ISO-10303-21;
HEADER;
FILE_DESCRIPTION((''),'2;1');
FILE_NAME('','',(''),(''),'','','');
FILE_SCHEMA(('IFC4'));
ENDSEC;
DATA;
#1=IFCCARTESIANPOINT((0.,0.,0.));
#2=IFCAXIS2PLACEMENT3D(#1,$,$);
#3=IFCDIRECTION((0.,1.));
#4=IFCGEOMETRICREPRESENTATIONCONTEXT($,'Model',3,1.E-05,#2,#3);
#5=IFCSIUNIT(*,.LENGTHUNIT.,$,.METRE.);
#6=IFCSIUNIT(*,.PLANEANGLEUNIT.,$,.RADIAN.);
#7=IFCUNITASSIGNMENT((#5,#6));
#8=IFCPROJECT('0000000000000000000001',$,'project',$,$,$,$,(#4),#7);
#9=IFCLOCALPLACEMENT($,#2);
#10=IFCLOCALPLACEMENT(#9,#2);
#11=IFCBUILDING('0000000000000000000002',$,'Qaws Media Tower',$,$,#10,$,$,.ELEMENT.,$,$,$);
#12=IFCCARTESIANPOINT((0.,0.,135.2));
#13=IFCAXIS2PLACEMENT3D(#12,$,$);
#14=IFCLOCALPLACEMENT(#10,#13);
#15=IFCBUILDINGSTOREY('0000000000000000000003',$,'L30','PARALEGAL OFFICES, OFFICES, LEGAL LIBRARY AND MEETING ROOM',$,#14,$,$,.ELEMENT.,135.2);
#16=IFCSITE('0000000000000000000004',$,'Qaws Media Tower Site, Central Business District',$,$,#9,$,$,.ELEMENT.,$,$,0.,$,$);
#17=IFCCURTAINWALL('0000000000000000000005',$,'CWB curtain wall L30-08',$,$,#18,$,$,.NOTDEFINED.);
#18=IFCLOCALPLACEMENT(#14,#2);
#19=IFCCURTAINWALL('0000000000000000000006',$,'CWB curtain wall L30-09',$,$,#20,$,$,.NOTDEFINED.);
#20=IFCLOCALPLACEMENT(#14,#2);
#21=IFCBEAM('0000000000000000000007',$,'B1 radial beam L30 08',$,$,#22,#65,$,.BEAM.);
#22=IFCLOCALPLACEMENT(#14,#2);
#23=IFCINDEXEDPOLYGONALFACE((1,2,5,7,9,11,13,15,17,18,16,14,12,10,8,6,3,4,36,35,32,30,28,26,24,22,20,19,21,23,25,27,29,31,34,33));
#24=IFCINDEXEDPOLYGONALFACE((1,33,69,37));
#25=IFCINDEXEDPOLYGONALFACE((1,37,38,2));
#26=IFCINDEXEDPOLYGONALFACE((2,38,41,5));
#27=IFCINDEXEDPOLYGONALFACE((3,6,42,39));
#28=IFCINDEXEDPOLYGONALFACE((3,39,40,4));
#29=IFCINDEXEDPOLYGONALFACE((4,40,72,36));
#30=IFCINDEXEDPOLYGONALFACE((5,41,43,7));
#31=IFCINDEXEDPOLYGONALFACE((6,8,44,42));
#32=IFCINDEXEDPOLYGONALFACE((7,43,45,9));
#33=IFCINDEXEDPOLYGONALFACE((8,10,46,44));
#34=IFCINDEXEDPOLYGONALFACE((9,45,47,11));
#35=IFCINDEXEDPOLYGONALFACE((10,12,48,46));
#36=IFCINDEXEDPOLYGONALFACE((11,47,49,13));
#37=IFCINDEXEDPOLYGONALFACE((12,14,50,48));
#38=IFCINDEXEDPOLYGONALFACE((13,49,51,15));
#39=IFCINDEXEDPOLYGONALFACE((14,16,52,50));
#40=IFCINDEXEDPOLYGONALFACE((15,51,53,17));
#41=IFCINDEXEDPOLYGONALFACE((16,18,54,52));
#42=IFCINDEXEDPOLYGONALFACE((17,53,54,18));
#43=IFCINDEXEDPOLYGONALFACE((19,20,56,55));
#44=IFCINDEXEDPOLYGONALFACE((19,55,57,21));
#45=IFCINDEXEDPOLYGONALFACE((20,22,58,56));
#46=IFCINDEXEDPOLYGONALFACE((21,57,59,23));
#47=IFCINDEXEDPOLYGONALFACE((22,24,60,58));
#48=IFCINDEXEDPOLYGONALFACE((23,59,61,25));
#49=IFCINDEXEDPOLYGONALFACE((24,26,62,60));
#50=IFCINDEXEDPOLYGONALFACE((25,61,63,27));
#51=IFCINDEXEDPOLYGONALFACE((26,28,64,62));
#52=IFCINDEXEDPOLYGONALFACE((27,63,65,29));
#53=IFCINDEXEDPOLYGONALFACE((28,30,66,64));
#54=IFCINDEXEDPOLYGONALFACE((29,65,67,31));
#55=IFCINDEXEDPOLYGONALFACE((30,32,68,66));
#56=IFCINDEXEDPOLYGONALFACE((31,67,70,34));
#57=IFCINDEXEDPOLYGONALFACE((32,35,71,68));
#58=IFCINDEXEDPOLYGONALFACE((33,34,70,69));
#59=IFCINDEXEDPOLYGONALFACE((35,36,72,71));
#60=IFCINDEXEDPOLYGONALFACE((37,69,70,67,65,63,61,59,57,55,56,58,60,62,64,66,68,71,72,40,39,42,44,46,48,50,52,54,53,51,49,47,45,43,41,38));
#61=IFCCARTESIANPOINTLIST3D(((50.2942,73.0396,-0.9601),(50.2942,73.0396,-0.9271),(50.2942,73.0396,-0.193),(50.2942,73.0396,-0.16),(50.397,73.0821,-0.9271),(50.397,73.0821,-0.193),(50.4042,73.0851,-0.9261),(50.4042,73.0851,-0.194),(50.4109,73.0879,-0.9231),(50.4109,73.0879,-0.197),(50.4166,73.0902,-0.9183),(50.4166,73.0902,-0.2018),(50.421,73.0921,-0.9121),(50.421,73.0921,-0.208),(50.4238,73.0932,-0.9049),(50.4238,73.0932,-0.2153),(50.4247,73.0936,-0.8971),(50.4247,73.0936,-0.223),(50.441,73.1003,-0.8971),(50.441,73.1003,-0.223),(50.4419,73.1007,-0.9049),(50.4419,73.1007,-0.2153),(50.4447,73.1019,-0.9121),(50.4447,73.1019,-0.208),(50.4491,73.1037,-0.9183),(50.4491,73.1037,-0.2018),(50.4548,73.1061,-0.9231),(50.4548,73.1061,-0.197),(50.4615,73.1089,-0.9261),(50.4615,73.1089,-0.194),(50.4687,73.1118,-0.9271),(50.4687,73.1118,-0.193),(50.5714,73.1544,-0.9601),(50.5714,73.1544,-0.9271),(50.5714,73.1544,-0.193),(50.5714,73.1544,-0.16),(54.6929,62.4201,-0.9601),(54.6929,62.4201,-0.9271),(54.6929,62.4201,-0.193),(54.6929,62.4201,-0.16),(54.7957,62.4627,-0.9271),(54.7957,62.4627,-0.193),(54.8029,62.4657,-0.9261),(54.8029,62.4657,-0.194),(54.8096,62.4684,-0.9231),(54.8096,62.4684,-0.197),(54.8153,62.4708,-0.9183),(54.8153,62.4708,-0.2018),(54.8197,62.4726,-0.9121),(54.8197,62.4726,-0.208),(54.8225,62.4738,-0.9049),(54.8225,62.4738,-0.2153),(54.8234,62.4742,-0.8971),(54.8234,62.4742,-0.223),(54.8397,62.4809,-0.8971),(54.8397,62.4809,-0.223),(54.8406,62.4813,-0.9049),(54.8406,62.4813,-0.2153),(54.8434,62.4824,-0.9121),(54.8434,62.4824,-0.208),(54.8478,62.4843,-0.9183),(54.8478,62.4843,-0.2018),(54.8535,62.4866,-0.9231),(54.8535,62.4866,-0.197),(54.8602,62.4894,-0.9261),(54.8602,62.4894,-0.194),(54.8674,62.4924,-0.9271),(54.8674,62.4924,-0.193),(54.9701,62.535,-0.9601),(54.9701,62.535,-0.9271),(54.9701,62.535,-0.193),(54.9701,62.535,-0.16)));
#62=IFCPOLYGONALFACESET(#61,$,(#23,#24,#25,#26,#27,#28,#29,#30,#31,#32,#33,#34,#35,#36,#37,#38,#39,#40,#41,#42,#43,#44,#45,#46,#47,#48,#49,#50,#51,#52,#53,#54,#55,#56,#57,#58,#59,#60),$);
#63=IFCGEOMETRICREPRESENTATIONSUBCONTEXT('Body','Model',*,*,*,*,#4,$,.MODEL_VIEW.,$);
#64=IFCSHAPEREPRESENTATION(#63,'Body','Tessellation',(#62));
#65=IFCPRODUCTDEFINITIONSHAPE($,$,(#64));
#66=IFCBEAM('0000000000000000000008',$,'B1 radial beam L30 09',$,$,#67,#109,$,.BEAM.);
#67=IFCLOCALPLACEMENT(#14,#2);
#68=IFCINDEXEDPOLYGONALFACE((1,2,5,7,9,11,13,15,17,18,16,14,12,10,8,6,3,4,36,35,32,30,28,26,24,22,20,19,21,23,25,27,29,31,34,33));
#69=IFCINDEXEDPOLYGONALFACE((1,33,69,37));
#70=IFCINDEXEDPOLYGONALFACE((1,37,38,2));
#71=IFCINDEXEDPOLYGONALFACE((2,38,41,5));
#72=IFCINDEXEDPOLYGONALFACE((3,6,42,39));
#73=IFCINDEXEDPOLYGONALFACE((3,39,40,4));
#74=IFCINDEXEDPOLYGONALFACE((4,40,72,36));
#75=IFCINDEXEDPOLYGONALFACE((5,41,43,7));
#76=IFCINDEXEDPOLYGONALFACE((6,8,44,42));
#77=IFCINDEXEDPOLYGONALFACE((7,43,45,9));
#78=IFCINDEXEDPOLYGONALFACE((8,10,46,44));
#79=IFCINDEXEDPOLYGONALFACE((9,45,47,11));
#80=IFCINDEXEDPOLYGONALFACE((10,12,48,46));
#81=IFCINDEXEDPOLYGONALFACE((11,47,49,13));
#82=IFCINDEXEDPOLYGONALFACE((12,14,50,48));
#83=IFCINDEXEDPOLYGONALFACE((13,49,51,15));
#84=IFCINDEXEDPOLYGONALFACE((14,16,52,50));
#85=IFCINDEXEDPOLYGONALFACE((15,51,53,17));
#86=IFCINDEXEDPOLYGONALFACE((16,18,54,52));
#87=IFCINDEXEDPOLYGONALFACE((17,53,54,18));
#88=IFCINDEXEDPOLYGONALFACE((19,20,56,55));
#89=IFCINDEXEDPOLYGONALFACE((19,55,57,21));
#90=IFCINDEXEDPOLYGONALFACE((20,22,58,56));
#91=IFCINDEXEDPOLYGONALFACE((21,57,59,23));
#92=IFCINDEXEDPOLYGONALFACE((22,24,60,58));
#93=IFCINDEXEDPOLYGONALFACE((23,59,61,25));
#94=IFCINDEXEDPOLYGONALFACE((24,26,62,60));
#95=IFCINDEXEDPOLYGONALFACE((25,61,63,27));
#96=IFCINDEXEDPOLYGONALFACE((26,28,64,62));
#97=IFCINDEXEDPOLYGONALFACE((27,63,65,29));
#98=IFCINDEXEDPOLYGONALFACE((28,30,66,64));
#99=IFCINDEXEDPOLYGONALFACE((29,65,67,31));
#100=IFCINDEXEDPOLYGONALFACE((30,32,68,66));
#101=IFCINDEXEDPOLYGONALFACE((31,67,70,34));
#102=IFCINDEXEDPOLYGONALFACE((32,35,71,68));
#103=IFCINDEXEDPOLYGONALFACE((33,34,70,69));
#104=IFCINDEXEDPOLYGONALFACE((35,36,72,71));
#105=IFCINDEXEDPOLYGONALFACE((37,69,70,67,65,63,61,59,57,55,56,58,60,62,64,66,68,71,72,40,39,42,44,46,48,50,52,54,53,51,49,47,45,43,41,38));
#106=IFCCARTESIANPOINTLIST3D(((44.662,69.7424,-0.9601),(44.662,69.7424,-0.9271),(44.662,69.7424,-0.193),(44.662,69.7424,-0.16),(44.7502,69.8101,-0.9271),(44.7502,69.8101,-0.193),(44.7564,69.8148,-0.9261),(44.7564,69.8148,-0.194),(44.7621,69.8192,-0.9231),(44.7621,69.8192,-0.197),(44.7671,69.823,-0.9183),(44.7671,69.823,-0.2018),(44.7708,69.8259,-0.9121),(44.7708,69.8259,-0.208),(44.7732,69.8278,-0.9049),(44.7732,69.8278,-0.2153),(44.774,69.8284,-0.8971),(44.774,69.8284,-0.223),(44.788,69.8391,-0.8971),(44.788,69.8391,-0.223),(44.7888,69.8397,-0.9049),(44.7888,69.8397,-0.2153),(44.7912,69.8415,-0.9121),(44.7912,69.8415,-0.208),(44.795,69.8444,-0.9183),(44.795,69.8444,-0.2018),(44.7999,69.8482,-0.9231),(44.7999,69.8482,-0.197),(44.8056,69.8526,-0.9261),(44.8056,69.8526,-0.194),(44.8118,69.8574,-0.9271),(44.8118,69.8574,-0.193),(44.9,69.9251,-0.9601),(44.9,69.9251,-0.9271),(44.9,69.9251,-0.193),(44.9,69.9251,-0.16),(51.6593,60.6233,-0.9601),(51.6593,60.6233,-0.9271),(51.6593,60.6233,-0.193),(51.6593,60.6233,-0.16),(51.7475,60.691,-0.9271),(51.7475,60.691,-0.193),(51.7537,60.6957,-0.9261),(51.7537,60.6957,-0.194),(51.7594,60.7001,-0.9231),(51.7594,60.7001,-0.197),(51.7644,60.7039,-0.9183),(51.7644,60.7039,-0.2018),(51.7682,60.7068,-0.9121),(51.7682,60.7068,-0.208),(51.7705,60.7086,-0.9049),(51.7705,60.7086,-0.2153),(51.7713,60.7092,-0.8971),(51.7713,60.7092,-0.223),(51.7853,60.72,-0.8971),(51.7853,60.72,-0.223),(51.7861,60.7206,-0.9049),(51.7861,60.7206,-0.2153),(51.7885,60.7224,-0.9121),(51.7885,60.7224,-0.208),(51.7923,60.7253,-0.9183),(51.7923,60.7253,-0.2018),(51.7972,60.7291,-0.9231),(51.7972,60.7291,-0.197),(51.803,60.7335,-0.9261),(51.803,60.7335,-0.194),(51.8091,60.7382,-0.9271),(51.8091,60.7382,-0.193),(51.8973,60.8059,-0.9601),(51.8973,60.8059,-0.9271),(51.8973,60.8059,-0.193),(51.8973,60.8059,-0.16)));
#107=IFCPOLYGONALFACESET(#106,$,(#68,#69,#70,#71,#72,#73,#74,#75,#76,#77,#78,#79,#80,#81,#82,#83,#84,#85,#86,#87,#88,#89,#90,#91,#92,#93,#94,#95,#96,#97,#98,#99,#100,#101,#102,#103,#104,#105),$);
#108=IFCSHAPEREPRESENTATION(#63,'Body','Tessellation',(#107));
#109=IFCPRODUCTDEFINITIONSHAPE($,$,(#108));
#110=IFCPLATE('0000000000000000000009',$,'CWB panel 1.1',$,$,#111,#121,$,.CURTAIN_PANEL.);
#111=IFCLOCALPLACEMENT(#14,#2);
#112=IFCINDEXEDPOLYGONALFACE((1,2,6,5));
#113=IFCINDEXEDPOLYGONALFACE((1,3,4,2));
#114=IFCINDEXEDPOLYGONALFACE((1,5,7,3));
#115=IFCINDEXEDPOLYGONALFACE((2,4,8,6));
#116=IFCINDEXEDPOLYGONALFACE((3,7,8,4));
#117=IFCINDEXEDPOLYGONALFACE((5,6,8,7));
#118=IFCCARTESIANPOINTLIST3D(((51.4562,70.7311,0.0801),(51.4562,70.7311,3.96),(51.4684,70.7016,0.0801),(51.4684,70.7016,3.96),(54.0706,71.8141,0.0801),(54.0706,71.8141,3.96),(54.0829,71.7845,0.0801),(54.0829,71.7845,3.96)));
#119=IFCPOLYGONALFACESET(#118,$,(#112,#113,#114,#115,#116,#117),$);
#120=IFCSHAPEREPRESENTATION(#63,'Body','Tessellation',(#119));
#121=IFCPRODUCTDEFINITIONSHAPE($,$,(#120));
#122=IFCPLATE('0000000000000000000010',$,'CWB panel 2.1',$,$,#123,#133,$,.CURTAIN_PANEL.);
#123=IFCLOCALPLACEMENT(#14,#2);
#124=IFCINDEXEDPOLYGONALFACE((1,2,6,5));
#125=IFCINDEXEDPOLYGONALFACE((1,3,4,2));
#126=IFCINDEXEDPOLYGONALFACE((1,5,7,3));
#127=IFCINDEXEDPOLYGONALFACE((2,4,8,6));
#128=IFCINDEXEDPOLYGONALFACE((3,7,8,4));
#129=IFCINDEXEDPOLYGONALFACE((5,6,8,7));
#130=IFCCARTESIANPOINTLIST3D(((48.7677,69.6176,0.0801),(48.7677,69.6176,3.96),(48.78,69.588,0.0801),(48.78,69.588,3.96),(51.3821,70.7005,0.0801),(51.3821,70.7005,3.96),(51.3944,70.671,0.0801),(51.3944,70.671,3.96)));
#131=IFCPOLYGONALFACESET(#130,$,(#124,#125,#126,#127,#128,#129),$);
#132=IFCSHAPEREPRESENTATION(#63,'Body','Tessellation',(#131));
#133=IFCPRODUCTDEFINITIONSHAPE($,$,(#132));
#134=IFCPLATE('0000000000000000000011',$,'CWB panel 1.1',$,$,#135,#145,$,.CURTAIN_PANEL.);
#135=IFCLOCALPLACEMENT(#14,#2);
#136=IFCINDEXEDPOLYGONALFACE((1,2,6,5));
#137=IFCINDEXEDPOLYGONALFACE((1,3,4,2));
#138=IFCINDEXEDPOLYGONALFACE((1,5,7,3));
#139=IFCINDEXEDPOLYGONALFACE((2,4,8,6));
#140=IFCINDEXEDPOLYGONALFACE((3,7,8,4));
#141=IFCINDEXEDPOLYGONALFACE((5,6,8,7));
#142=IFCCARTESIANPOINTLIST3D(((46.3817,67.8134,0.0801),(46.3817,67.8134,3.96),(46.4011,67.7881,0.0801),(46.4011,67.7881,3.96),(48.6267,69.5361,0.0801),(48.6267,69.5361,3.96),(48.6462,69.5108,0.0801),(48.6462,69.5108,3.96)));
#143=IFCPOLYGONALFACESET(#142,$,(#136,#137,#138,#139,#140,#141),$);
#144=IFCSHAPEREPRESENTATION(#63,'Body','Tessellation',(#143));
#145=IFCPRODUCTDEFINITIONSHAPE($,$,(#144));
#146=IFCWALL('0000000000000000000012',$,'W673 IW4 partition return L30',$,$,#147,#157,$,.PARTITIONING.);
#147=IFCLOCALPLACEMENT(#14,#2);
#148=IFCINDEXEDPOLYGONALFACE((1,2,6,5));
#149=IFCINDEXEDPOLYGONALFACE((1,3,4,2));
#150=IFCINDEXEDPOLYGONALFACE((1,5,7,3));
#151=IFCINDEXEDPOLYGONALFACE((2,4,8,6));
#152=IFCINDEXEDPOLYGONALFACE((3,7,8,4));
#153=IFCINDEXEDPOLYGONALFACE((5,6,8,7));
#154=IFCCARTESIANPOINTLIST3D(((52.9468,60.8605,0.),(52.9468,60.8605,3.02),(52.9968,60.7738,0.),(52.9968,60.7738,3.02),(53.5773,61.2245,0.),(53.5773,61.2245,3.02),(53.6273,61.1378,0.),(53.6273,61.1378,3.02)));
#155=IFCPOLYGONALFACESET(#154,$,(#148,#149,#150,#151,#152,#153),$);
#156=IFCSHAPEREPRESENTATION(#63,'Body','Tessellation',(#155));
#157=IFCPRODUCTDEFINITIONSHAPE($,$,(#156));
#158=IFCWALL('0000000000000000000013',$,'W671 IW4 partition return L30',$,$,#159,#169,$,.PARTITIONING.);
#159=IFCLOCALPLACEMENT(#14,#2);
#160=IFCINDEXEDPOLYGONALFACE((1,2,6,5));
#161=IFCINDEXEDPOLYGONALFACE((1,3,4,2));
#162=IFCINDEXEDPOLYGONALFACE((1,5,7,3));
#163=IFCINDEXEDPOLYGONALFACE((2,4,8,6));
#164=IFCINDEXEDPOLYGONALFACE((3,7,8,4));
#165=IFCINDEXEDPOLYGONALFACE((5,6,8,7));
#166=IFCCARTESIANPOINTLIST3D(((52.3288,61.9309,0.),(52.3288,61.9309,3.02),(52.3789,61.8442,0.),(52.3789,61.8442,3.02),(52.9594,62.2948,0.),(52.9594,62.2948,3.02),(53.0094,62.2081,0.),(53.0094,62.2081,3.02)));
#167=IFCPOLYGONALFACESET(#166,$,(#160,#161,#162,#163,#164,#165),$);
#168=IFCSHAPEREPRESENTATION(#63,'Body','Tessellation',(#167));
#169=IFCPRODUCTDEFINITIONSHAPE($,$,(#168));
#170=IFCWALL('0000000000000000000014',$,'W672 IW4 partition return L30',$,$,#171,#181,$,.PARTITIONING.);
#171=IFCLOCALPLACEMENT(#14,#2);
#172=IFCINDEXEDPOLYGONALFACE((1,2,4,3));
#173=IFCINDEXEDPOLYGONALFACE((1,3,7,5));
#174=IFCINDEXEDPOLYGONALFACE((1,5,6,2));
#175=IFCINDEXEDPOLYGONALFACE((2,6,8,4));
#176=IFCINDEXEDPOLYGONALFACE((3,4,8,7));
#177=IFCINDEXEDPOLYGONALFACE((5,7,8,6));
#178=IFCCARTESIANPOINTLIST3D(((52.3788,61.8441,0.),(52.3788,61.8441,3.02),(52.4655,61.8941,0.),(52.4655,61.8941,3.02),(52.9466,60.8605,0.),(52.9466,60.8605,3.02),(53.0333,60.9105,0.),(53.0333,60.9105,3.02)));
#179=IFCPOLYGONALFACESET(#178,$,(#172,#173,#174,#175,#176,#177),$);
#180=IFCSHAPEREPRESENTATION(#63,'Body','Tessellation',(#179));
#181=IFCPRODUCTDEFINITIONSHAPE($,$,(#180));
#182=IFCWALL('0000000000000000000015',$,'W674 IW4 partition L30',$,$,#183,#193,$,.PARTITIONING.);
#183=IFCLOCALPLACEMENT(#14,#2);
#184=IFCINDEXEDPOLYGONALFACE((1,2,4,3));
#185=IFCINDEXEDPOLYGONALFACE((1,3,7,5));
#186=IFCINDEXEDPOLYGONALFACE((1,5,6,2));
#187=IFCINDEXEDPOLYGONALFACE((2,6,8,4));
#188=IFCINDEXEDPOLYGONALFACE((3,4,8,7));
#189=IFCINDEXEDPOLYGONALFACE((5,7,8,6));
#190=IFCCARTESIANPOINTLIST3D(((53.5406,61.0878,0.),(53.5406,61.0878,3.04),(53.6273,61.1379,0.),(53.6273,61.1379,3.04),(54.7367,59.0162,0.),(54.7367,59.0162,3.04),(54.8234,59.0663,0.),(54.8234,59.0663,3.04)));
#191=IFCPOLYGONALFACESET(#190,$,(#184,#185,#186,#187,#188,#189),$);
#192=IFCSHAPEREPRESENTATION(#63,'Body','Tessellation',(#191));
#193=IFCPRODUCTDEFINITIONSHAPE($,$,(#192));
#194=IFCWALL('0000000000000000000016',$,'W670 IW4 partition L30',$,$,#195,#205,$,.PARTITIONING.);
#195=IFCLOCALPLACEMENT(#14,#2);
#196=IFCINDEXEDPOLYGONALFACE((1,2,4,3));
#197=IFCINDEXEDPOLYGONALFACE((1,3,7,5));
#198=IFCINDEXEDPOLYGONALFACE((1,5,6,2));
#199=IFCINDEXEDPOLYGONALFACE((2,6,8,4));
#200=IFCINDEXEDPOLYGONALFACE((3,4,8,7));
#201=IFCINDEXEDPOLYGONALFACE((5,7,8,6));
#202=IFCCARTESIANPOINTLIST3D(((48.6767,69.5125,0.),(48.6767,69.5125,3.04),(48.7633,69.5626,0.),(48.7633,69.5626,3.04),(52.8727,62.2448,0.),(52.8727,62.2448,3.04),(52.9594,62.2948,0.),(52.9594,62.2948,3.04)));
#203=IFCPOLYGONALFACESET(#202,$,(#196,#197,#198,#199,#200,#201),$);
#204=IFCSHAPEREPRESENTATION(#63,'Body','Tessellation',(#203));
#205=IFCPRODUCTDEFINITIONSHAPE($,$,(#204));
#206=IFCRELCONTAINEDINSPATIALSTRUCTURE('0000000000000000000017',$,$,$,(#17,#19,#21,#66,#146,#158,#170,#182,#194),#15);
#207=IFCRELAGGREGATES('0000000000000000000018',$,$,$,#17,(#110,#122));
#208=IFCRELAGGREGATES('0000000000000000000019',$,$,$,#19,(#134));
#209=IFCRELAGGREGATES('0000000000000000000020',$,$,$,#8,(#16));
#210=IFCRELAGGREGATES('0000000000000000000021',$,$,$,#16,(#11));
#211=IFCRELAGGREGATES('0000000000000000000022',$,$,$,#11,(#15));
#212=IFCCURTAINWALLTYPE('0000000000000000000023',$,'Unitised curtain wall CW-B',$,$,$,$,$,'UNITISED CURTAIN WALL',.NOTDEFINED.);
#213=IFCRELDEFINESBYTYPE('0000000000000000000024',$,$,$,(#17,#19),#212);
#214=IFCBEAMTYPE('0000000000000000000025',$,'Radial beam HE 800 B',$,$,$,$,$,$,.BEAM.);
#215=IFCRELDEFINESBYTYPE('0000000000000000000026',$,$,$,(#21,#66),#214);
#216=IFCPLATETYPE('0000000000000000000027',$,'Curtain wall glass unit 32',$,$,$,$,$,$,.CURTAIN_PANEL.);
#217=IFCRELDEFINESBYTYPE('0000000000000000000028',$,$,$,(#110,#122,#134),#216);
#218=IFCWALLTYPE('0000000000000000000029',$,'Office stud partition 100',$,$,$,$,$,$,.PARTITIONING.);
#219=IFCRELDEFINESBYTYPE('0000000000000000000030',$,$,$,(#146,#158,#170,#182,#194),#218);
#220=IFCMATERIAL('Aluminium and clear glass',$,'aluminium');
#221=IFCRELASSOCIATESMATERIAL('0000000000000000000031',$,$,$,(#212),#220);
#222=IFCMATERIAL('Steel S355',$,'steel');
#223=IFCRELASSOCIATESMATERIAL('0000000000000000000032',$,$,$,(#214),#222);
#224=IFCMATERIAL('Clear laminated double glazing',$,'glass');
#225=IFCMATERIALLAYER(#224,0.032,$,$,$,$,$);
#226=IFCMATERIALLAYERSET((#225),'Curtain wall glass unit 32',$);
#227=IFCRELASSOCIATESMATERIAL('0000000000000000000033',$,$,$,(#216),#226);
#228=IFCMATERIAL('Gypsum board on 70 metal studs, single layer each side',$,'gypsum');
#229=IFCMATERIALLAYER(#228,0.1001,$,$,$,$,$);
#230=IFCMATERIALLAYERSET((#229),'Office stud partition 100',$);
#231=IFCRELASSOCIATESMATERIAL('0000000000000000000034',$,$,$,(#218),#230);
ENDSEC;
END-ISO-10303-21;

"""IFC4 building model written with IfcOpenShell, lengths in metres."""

from ifc_helpers import new_model, si_unit, direction, frame, frame_2d, origin, origin_2d, place, context, subcontext, project, spatial, rectangle, i_section, extrude, material, layer, layer_set, material_profile, profile_set, type_object, element, aggregate, save


model = new_model("IFC4")

# Units and contexts
model_context = context("Model", 3, precision=1e-05, world=origin(), true_north=direction((0.0, 1.0)))
body_context = subcontext(model_context, "Body", "Model", "MODEL_VIEW")
ifc_project = project(units=[si_unit("LENGTHUNIT", "METRE"), si_unit("PLANEANGLEUNIT", "RADIAN")], contexts=[model_context])

# Site, building, storey
site_placement = place(None, origin())
site = spatial("IfcSite", under=ifc_project, at=site_placement, Name="Qaws Media Tower Site, Central Business District", CompositionType="ELEMENT", RefElevation=0.0)
building_placement = place(site_placement, origin())
building = spatial("IfcBuilding", under=site, at=building_placement, Name="Qaws Media Tower", CompositionType="ELEMENT")
storey_placement = place(building_placement, frame((0.0, 0.0, 135.2)))
storey = spatial("IfcBuildingStorey", under=building, at=storey_placement, Name="L30", Description="PARALEGAL OFFICES, OFFICES, LEGAL LIBRARY AND MEETING ROOM", CompositionType="ELEMENT", Elevation=135.2)

# Curtain walls
ifc_material_1 = material(Name="Aluminium and clear glass", Category="aluminium")
curtain_wall_type = type_object("IfcCurtainWallType", Name="Unitised curtain wall CW-B", ElementType="UNITISED CURTAIN WALL", PredefinedType="NOTDEFINED", material=ifc_material_1)
curtain_wall_1_placement = place(storey_placement, origin())
curtain_wall_1 = element("IfcCurtainWall", 1, at=curtain_wall_1_placement, inside=storey, type_object=curtain_wall_type, Name="CWB curtain wall L30-08", PredefinedType="NOTDEFINED")
curtain_wall_2_placement = place(storey_placement, origin())
curtain_wall_2 = element("IfcCurtainWall", 2, at=curtain_wall_2_placement, inside=storey, type_object=curtain_wall_type, Name="CWB curtain wall L30-09", PredefinedType="NOTDEFINED")

# Beams
ifc_material_2 = material(Name="Steel S355", Category="steel")
ifc_material_profile_1 = material_profile(ifc_material_2, i_section(OverallWidth=0.3, OverallDepth=0.8, WebThickness=0.0176, FlangeThickness=0.033, FilletRadius=0.03, at=origin_2d()), Name="HE 800 B")
ifc_profile_set_1 = profile_set([ifc_material_profile_1], Name="Steel S355")
beam_type_1 = type_object("IfcBeamType", Name="Radial beam HE 800 B", PredefinedType="BEAM", material=ifc_profile_set_1)
for number, where, z_axis, x_axis, name in (
    (3, (54.8315, 62.4775, -0.5601), (-0.382683, 0.92388, 0.0), (-0.92388, -0.382683, 0.0), "B1 radial beam L30 08"),
    (4, (51.7783, 60.7146, -0.5601), (-0.608759, 0.793355, 0.0), (-0.793355, -0.608759, 0.0), "B1 radial beam L30 09"),
):
    element("IfcBeam", number, at=place(storey_placement, frame(where, z_axis=z_axis, x_axis=x_axis)), inside=storey, type_object=beam_type_1, Name=name, PredefinedType="BEAM", context=body_context, shape_type="SweptSolid", body=[
        extrude(i_section(OverallWidth=0.3, OverallDepth=0.8, WebThickness=0.0176, FlangeThickness=0.033, FilletRadius=0.03, at=origin_2d()), origin(), (0.0, 0.0, 1.0), 11.4944),
    ])

# Plates
ifc_material_3 = material(Name="Clear laminated double glazing", Category="glass")
ifc_layer_1 = layer(ifc_material_3, 0.032)
ifc_layer_set_1 = layer_set([ifc_layer_1], Name="Curtain wall glass unit 32")
plate_type = type_object("IfcPlateType", Name="Curtain wall glass unit 32", PredefinedType="CURTAIN_PANEL", material=ifc_layer_set_1)
plate_1_placement = place(storey_placement, frame((52.7695, 71.2578, 0.0801), z_axis=(0.0, 0.0, 1.0), x_axis=(-0.92388, -0.382683, 0.0)))
plate_1 = element("IfcPlate", 5, at=plate_1_placement, type_object=plate_type, Name="CWB panel 1.1", PredefinedType="CURTAIN_PANEL", context=body_context, shape_type="SweptSolid", body=[
    extrude(rectangle(XDim=2.8298, YDim=0.032, at=origin_2d()), origin(), (0.0, 0.0, 1.0), 3.8799),
])
plate_2_placement = place(storey_placement, frame((50.0811, 70.1443, 0.0801), z_axis=(0.0, 0.0, 1.0), x_axis=(-0.92388, -0.382683, 0.0)))
plate_2 = element("IfcPlate", 6, at=plate_2_placement, type_object=plate_type, Name="CWB panel 2.1", PredefinedType="CURTAIN_PANEL", context=body_context, shape_type="SweptSolid", body=[
    extrude(rectangle(XDim=2.8298, YDim=0.032, at=origin_2d()), origin(), (0.0, 0.0, 1.0), 3.8799),
])
aggregate(curtain_wall_1, [plate_1, plate_2])
plate_3_placement = place(storey_placement, frame((47.5139, 68.6621, 0.0801), z_axis=(0.0, 0.0, 1.0), x_axis=(-0.793353, -0.608761, 0.0)))
plate_3 = element("IfcPlate", 7, at=plate_3_placement, type_object=plate_type, Name="CWB panel 1.1", PredefinedType="CURTAIN_PANEL", context=body_context, shape_type="SweptSolid", body=[
    extrude(rectangle(XDim=2.8298, YDim=0.032, at=origin_2d()), origin(), (0.0, 0.0, 1.0), 3.8799),
])
aggregate(curtain_wall_2, [plate_3])

# Walls
ifc_material_4 = material(Name="Gypsum board on 70 metal studs, single layer each side", Category="gypsum")
ifc_layer_2 = layer(ifc_material_4, 0.1001)
ifc_layer_set_2 = layer_set([ifc_layer_2], Name="Office stud partition 100")
wall_type_1 = type_object("IfcWallType", Name="Office stud partition 100", PredefinedType="PARTITIONING", material=ifc_layer_set_2)
for number, where, z_axis, x_axis, name in (
    (8, (53.6023, 61.1812, 0.0), (0.0, 0.0, 1.0), (-0.866068, -0.499926, 0.0), "W673 IW4 partition return L30"),
    (9, (52.9844, 62.2515, 0.0), (0.0, 0.0, 1.0), (-0.866068, -0.499926, 0.0), "W671 IW4 partition return L30"),
):
    element("IfcWall", number, at=place(storey_placement, frame(where, z_axis=z_axis, x_axis=x_axis)), inside=storey, type_object=wall_type_1, Name=name, PredefinedType="PARTITIONING", context=body_context, shape_type="SweptSolid", body=[
        extrude(rectangle(XDim=0.728, YDim=0.1001, at=frame_2d((0.364, 0.0))), origin(), (0.0, 0.0, 1.0), 3.02),
    ])
wall_1_placement = place(storey_placement, frame((52.99, 60.8855, 0.0), z_axis=(0.0, 0.0, 1.0), x_axis=(-0.499977, 0.866039, 0.0)))
element("IfcWall", 10, at=wall_1_placement, inside=storey, type_object=wall_type_1, Name="W672 IW4 partition return L30", PredefinedType="PARTITIONING", context=body_context, shape_type="SweptSolid", body=[
    extrude(rectangle(XDim=1.1357, YDim=0.1001, at=frame_2d((0.5679, 0.0))), origin(), (0.0, 0.0, 1.0), 3.02),
])
wall_2_placement = place(storey_placement, frame((54.78, 59.0413, 0.0), z_axis=(0.0, 0.0, 1.0), x_axis=(-0.500014, 0.866017, 0.0)))
element("IfcWall", 11, at=wall_2_placement, inside=storey, type_object=wall_type_1, Name="W674 IW4 partition L30", PredefinedType="PARTITIONING", context=body_context, shape_type="SweptSolid", body=[
    extrude(rectangle(XDim=2.3921, YDim=0.1001, at=frame_2d((1.196, 0.0))), origin(), (0.0, 0.0, 1.0), 3.04),
])
wall_3_placement = place(storey_placement, frame((52.916, 62.2698, 0.0), z_axis=(0.0, 0.0, 1.0), x_axis=(-0.499997, 0.866027, 0.0)))
element("IfcWall", 12, at=wall_3_placement, inside=storey, type_object=wall_type_1, Name="W670 IW4 partition L30", PredefinedType="PARTITIONING", context=body_context, shape_type="SweptSolid", body=[
    extrude(rectangle(XDim=8.3921, YDim=0.1001, at=frame_2d((4.196, 0.0))), origin(), (0.0, 0.0, 1.0), 3.04),
])

save(model, "model.ifc")
